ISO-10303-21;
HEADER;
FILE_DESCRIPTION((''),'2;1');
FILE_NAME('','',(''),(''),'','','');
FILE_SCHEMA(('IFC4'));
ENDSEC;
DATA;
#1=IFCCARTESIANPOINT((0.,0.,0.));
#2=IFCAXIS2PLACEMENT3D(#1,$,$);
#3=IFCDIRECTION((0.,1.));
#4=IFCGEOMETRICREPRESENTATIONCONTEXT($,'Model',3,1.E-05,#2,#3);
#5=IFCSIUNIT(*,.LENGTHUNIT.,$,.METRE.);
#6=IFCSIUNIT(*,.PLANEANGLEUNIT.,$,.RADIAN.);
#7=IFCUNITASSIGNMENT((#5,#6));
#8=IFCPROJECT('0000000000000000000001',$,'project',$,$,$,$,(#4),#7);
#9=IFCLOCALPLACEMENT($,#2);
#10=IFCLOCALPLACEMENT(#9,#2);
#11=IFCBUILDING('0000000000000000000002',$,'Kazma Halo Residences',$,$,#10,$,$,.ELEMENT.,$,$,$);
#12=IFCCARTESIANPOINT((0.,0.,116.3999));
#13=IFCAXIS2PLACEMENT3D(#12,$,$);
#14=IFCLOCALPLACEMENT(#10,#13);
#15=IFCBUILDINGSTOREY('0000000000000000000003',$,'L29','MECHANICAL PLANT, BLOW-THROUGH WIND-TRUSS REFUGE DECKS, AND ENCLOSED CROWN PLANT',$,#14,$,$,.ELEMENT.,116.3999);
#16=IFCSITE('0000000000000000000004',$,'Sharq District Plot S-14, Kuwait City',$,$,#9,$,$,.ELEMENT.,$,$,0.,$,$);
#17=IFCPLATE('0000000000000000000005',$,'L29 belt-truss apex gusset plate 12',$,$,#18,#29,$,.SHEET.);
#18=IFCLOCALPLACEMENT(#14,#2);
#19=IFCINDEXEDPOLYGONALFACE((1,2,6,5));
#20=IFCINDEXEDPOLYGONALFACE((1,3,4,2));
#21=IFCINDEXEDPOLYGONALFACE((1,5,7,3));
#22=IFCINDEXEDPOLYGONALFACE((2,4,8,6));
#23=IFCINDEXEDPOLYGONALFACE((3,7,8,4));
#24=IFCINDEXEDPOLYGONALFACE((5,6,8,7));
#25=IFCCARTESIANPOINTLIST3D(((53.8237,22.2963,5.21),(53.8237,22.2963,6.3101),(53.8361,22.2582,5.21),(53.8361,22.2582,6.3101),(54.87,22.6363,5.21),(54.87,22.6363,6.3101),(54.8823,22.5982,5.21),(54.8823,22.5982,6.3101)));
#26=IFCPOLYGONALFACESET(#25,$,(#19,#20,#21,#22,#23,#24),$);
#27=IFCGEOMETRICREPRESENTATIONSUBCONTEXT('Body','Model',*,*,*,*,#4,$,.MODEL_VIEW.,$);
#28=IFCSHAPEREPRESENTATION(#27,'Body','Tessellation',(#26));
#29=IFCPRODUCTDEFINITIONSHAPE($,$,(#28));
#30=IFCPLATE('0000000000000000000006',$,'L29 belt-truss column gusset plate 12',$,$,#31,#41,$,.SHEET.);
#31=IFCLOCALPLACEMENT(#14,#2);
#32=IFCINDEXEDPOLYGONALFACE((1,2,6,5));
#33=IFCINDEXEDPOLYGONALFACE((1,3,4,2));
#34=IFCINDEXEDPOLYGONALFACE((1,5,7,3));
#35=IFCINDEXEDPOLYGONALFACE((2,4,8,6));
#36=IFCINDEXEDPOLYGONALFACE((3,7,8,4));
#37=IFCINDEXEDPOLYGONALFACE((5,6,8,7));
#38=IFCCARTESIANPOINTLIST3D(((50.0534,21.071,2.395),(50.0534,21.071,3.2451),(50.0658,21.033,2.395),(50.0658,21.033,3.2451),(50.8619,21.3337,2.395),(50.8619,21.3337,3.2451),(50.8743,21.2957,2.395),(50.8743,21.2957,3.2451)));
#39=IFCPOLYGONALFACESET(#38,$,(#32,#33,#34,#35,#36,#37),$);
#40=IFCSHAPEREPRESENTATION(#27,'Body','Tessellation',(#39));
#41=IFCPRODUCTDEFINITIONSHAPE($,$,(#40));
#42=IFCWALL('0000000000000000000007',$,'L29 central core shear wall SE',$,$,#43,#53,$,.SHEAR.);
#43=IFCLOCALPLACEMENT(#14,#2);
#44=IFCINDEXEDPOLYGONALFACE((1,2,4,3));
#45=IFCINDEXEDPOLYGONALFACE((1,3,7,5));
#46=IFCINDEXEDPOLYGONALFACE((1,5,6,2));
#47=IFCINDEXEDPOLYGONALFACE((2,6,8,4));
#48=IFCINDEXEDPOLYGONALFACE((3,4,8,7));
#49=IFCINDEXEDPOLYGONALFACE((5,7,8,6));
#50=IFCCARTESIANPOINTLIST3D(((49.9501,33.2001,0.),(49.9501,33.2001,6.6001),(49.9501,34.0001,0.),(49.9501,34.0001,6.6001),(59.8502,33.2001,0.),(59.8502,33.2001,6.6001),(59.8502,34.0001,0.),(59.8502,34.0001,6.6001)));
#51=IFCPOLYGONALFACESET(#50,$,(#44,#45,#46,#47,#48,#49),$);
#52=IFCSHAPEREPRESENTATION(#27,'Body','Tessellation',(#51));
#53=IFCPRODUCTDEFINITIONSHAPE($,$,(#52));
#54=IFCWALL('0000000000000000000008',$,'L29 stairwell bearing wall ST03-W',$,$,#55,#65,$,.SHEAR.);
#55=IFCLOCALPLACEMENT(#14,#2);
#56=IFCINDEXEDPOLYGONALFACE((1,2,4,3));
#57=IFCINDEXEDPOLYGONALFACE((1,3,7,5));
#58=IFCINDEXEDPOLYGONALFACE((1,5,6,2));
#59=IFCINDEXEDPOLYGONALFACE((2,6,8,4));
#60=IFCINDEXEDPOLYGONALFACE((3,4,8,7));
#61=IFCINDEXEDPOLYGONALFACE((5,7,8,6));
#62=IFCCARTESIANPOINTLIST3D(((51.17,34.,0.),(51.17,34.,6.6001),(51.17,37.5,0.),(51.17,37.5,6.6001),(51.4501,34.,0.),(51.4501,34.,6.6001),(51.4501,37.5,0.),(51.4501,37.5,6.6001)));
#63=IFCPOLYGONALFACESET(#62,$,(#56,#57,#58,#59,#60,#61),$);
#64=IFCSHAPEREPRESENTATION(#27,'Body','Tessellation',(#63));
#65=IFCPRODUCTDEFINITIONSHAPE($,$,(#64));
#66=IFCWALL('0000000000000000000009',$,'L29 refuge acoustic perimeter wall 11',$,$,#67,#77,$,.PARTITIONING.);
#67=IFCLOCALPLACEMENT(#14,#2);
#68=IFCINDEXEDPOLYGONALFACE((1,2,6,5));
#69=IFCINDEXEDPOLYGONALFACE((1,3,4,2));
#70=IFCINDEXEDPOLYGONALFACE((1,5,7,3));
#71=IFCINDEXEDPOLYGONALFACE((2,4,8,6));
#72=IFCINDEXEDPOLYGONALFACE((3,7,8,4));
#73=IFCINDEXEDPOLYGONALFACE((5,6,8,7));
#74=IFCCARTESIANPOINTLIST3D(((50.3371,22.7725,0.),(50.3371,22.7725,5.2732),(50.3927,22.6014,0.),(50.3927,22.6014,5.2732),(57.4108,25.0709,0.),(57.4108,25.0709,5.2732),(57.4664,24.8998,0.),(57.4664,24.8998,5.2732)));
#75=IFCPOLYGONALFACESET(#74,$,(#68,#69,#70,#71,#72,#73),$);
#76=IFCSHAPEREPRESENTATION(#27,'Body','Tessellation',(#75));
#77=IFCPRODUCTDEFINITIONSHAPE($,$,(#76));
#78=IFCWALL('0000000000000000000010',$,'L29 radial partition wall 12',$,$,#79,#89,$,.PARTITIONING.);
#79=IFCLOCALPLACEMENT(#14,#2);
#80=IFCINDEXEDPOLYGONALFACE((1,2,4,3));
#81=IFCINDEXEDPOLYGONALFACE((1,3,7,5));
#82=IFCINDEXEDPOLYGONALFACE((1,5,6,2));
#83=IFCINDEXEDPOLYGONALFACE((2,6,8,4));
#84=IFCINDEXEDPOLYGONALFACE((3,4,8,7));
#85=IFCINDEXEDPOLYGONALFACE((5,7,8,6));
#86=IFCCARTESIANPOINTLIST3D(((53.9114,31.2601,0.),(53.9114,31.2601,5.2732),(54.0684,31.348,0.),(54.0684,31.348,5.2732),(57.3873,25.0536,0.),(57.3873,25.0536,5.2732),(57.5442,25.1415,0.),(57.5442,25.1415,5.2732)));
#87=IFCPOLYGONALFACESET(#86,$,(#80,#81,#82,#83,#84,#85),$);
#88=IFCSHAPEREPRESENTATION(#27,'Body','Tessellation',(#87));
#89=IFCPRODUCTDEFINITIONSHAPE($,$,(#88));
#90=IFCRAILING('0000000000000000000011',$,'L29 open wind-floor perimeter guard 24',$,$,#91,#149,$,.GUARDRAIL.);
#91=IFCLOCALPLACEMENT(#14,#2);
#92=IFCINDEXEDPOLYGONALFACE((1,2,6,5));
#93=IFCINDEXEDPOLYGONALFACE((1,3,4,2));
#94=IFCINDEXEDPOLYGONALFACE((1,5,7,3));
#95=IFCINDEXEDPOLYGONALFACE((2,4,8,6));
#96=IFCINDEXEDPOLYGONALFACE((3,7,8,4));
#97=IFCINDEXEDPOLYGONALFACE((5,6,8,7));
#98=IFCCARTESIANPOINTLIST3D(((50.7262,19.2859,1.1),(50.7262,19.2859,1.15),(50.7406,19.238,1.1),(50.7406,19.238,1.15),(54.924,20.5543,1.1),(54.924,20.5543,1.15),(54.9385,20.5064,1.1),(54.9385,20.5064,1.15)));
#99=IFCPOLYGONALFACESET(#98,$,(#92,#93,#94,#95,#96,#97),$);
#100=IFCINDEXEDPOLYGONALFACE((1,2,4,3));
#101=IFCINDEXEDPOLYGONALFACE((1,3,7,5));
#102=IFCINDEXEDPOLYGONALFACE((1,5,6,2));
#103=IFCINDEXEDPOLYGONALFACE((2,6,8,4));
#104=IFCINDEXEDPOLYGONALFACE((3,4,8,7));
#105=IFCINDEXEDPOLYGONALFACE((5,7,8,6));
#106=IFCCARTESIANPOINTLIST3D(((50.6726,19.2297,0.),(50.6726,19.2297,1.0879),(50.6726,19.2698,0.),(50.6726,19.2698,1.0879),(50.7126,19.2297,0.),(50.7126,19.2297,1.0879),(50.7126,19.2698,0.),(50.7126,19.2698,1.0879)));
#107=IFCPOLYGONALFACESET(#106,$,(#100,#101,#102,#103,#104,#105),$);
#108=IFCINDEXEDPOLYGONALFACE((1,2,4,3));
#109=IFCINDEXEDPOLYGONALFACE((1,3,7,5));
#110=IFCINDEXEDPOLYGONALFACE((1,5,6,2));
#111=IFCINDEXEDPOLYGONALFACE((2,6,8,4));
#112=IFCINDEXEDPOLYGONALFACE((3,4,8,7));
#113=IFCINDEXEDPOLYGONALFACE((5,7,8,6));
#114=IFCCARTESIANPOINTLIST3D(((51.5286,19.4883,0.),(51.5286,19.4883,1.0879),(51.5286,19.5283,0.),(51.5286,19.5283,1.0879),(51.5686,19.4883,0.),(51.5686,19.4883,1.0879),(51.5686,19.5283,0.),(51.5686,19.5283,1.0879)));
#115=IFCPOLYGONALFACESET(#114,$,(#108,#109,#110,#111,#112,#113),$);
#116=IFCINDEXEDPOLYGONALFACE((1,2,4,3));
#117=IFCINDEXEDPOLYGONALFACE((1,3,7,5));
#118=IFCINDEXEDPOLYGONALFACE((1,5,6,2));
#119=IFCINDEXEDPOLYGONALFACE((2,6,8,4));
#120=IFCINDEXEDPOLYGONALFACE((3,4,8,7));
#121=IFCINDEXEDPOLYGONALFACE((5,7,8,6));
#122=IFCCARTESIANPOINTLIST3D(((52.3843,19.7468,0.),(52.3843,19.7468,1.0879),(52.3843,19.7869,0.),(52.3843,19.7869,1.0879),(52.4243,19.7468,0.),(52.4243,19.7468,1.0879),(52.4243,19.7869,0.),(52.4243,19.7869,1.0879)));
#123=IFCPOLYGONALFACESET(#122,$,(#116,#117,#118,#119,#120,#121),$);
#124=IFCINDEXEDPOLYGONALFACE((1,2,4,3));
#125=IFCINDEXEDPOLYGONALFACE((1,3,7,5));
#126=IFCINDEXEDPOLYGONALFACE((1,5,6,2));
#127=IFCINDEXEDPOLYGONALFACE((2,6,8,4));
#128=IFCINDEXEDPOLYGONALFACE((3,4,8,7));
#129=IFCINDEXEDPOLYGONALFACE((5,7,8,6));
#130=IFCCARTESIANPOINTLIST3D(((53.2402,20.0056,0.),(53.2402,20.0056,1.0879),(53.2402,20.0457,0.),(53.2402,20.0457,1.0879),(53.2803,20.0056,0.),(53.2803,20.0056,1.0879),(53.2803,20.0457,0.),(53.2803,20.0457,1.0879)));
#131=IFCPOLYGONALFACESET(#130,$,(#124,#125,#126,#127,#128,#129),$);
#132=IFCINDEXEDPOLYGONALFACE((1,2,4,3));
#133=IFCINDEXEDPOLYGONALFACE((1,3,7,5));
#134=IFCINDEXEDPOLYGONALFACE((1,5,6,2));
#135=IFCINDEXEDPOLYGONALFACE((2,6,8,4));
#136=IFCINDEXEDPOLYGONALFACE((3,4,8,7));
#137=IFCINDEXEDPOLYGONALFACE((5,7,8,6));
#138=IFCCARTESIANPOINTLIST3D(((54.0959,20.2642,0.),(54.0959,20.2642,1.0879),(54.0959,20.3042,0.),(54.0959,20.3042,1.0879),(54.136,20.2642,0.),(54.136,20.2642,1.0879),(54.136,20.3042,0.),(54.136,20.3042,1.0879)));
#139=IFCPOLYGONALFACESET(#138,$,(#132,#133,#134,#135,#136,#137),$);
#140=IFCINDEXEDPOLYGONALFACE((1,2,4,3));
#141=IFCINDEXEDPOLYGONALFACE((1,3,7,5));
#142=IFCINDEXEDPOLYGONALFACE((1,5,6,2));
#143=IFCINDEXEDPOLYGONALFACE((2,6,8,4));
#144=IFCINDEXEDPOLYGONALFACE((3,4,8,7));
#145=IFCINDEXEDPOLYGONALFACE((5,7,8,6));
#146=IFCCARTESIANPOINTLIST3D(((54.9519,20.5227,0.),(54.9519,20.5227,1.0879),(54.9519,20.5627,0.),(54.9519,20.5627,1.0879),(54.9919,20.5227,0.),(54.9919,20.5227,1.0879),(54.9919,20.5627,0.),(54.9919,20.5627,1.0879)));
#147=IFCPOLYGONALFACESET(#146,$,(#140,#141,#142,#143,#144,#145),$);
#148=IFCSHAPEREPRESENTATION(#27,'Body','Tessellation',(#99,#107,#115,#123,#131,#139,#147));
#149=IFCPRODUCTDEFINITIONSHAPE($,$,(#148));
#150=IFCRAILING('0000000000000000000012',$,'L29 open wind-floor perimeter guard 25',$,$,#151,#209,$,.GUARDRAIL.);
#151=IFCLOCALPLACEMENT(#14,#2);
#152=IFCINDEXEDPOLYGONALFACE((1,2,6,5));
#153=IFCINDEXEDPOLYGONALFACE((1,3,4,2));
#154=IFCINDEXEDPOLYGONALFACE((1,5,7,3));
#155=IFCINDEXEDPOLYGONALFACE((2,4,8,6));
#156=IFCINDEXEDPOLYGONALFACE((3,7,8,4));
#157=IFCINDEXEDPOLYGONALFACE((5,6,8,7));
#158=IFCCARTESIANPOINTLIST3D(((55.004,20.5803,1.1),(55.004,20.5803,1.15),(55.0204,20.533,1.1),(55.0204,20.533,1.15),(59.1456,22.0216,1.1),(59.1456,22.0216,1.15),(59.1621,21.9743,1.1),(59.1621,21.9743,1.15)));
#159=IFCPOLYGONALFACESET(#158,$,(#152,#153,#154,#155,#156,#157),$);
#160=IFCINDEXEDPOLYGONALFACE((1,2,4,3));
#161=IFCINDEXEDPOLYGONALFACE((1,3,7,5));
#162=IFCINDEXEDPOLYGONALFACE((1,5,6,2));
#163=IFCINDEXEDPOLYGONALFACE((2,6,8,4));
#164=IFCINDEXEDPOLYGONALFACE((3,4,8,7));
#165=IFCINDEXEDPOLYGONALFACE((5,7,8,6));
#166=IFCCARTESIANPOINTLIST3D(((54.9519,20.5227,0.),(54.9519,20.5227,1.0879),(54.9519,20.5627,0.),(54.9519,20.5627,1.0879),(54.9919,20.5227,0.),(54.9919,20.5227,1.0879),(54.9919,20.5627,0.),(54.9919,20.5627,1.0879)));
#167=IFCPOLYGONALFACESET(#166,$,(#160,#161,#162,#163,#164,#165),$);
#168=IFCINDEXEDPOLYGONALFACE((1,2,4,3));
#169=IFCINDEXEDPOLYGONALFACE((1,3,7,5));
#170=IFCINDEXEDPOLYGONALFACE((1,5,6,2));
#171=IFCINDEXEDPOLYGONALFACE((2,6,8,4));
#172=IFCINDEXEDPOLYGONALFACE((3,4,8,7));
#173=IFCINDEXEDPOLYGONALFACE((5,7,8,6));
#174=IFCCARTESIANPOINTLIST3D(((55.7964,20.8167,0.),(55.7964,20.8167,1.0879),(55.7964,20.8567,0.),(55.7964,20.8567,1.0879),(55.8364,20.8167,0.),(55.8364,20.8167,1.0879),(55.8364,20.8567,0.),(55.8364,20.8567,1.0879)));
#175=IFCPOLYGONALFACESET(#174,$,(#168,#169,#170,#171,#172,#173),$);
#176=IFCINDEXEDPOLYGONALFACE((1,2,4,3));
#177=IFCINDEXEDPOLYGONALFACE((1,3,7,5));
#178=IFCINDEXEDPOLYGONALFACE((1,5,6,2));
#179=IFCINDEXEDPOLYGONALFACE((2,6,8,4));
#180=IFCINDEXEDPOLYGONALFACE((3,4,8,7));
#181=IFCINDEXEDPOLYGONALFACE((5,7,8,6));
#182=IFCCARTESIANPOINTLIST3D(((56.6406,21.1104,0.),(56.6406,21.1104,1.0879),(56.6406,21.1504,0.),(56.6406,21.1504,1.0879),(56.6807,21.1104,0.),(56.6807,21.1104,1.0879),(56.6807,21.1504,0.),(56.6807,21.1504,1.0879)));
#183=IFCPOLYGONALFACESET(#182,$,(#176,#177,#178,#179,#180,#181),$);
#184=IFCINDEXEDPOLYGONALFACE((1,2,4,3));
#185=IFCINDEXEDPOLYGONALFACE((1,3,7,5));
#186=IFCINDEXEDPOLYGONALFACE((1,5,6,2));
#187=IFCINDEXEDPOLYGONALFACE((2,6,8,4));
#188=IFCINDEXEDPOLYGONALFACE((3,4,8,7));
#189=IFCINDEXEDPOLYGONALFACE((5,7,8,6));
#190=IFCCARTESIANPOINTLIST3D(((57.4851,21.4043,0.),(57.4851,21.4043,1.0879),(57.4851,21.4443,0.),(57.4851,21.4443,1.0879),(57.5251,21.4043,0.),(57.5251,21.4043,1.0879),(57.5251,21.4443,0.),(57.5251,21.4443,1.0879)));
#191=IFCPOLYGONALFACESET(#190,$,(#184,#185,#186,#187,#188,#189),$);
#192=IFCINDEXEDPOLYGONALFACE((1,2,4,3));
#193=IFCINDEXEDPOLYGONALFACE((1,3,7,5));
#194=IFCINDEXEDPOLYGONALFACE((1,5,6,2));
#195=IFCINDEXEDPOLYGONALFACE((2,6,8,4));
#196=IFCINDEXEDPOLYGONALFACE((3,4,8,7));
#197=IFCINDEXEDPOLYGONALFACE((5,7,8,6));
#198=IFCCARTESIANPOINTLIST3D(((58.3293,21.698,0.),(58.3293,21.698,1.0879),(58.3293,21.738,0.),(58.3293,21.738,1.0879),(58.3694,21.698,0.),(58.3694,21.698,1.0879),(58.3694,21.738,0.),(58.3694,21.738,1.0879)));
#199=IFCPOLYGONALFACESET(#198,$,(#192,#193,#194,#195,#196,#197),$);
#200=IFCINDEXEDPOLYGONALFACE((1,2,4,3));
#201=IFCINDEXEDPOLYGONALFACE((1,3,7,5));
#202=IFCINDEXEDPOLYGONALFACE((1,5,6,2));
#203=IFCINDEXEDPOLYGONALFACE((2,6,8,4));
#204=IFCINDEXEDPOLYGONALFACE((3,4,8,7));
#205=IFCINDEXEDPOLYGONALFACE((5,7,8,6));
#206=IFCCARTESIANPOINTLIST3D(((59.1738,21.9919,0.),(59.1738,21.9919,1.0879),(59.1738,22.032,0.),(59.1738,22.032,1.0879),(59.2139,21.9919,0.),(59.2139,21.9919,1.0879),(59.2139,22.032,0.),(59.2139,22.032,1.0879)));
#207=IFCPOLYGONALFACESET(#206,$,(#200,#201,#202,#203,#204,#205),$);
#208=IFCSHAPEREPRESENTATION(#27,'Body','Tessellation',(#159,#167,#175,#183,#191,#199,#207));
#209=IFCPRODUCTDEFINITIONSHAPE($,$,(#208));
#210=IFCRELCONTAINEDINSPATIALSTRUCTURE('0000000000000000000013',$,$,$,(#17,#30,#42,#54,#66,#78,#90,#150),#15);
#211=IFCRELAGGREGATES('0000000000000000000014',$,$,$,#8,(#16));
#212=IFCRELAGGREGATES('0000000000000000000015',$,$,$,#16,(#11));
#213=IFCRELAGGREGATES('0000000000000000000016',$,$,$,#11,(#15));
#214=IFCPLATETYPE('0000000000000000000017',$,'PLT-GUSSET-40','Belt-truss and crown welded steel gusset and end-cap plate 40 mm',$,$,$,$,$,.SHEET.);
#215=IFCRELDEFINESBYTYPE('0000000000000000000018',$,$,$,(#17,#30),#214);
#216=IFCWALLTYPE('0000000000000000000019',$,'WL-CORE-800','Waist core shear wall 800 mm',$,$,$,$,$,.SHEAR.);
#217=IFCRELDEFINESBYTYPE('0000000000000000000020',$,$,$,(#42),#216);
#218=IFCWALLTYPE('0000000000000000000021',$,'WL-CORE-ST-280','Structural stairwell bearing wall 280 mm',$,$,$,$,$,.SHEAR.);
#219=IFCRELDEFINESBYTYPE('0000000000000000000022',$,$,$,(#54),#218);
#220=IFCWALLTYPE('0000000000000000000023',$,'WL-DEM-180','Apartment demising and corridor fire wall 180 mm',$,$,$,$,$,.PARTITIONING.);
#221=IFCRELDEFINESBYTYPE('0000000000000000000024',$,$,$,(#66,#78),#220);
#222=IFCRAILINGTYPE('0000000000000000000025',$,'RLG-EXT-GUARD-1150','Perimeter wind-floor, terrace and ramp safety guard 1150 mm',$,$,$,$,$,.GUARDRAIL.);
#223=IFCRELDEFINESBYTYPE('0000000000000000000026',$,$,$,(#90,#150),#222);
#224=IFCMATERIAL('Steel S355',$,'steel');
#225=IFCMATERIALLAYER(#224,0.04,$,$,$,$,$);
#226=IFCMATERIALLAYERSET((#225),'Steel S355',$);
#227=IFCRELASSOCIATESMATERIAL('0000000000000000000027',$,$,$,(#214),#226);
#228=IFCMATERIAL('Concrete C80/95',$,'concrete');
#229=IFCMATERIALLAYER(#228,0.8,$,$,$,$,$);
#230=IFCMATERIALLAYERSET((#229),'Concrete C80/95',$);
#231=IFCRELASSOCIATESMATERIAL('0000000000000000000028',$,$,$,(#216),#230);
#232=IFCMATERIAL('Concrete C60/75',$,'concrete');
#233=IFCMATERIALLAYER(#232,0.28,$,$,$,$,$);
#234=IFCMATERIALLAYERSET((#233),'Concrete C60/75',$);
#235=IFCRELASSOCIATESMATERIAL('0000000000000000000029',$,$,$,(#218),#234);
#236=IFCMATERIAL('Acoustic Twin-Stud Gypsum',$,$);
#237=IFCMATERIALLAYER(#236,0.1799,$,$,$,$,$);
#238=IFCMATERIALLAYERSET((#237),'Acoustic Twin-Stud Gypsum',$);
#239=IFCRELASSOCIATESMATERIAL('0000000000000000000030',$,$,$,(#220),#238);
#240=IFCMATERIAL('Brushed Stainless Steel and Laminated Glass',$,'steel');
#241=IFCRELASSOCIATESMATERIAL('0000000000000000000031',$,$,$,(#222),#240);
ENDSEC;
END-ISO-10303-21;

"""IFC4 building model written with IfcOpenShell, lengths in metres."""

from ifc_helpers import new_model, si_unit, direction, frame, frame_2d, origin, origin_2d, place, context, subcontext, project, spatial, rectangle, extrude, material, layer, layer_set, type_object, element, save


model = new_model("IFC4")

# Units and contexts
model_context = context("Model", 3, precision=1e-05, world=origin(), true_north=direction((0.0, 1.0)))
body_context = subcontext(model_context, "Body", "Model", "MODEL_VIEW")
ifc_project = project(units=[si_unit("LENGTHUNIT", "METRE"), si_unit("PLANEANGLEUNIT", "RADIAN")], contexts=[model_context])

# Site, building, storey
site_placement = place(None, origin())
site = spatial("IfcSite", under=ifc_project, at=site_placement, Name="Sharq District Plot S-14, Kuwait City", CompositionType="ELEMENT", RefElevation=0.0)
building_placement = place(site_placement, origin())
building = spatial("IfcBuilding", under=site, at=building_placement, Name="Kazma Halo Residences", CompositionType="ELEMENT")
storey_placement = place(building_placement, frame((0.0, 0.0, 116.3999)))
storey = spatial("IfcBuildingStorey", under=building, at=storey_placement, Name="L29", Description="MECHANICAL PLANT, BLOW-THROUGH WIND-TRUSS REFUGE DECKS, AND ENCLOSED CROWN PLANT", CompositionType="ELEMENT", Elevation=116.3999)

# Shared definitions
ifc_material_1 = material(Name="Concrete C80/95", Category="concrete")

# Shared definitions
ifc_material_2 = material(Name="Steel S355", Category="steel")

# Plates
ifc_layer_1 = layer(ifc_material_2, 0.04)
ifc_layer_set_1 = layer_set([ifc_layer_1], Name="Steel S355")
plate_type = type_object("IfcPlateType", Name="PLT-GUSSET-40", Description="Belt-truss and crown welded steel gusset and end-cap plate 40 mm", PredefinedType="SHEET", material=ifc_layer_set_1)
plate_1_placement = place(storey_placement, frame((54.353, 22.4473, 5.21), z_axis=(0.0, 0.0, 1.0), x_axis=(0.951054, 0.309026, 0.0)))
element("IfcPlate", 1, at=plate_1_placement, inside=storey, type_object=plate_type, Name="L29 belt-truss apex gusset plate 12", PredefinedType="SHEET", context=body_context, shape_type="SweptSolid", body=[
    extrude(rectangle(XDim=1.1001, YDim=0.04, at=origin_2d()), origin(), (0.0, 0.0, 1.0), 1.1001),
])
plate_2_placement = place(storey_placement, frame((50.4639, 21.1833, 2.395), z_axis=(0.0, 0.0, 1.0), x_axis=(0.951054, 0.309026, 0.0)))
element("IfcPlate", 2, at=plate_2_placement, inside=storey, type_object=plate_type, Name="L29 belt-truss column gusset plate 12", PredefinedType="SHEET", context=body_context, shape_type="SweptSolid", body=[
    extrude(rectangle(XDim=0.8501, YDim=0.04, at=origin_2d()), origin(), (0.0, 0.0, 1.0), 0.8501),
])

# Walls
ifc_layer_2 = layer(ifc_material_1, 0.8)
ifc_layer_set_2 = layer_set([ifc_layer_2], Name="Concrete C80/95")
wall_type_1 = type_object("IfcWallType", Name="WL-CORE-800", Description="Waist core shear wall 800 mm", PredefinedType="SHEAR", material=ifc_layer_set_2)
wall_1_placement = place(storey_placement, frame((49.95, 33.6001, 0.0), z_axis=(0.0, 0.0, 1.0), x_axis=(1.0, 0.0, 0.0)))
element("IfcWall", 3, at=wall_1_placement, inside=storey, type_object=wall_type_1, Name="L29 central core shear wall SE", PredefinedType="SHEAR", context=body_context, shape_type="SweptSolid", body=[
    extrude(rectangle(XDim=9.9001, YDim=0.8, at=frame_2d((4.9502, 0.0))), origin(), (0.0, 0.0, 1.0), 6.6001),
])
ifc_material_3 = material(Name="Concrete C60/75", Category="concrete")
ifc_layer_3 = layer(ifc_material_3, 0.28)
ifc_layer_set_3 = layer_set([ifc_layer_3], Name="Concrete C60/75")
wall_type_2 = type_object("IfcWallType", Name="WL-CORE-ST-280", Description="Structural stairwell bearing wall 280 mm", PredefinedType="SHEAR", material=ifc_layer_set_3)
wall_2_placement = place(storey_placement, frame((51.3101, 34.0, 0.0), z_axis=(0.0, 0.0, 1.0), x_axis=(0.0, 1.0, 0.0)))
element("IfcWall", 4, at=wall_2_placement, inside=storey, type_object=wall_type_2, Name="L29 stairwell bearing wall ST03-W", PredefinedType="SHEAR", context=body_context, shape_type="SweptSolid", body=[
    extrude(rectangle(XDim=3.5, YDim=0.28, at=frame_2d((1.75, 0.0))), origin(), (0.0, 0.0, 1.0), 6.6001),
])
ifc_material_4 = material(Name="Acoustic Twin-Stud Gypsum")
ifc_layer_4 = layer(ifc_material_4, 0.1799)
ifc_layer_set_4 = layer_set([ifc_layer_4], Name="Acoustic Twin-Stud Gypsum")
wall_type_3 = type_object("IfcWallType", Name="WL-DEM-180", Description="Apartment demising and corridor fire wall 180 mm", PredefinedType="PARTITIONING", material=ifc_layer_set_4)
wall_3_placement = place(storey_placement, frame((50.365, 22.687, 0.0), z_axis=(0.0, 0.0, 1.0), x_axis=(0.951059, 0.30901, 0.0)))
element("IfcWall", 5, at=wall_3_placement, inside=storey, type_object=wall_type_3, Name="L29 refuge acoustic perimeter wall 11", PredefinedType="PARTITIONING", context=body_context, shape_type="SweptSolid", body=[
    extrude(rectangle(XDim=7.4377, YDim=0.1799, at=frame_2d((3.7188, 0.0))), origin(), (0.0, 0.0, 1.0), 5.2732),
])
wall_4_placement = place(storey_placement, frame((53.99, 31.304, 0.0), z_axis=(0.0, 0.0, 1.0), x_axis=(0.488621, -0.872496, 0.0)))
element("IfcWall", 6, at=wall_4_placement, inside=storey, type_object=wall_type_3, Name="L29 radial partition wall 12", PredefinedType="PARTITIONING", context=body_context, shape_type="SweptSolid", body=[
    extrude(rectangle(XDim=7.1135, YDim=0.1799, at=frame_2d((3.5566, 0.0))), origin(), (0.0, 0.0, 1.0), 5.2732),
])

# Railings
ifc_material_5 = material(Name="Brushed Stainless Steel and Laminated Glass", Category="steel")
railing_type_1 = type_object("IfcRailingType", Name="RLG-EXT-GUARD-1150", Description="Perimeter wind-floor, terrace and ramp safety guard 1150 mm", PredefinedType="GUARDRAIL", material=ifc_material_5)
railing_1_placement = place(storey_placement, frame((50.6926, 19.2498, 0.0)))
element("IfcRailing", 7, at=railing_1_placement, inside=storey, type_object=railing_type_1, Name="L29 open wind-floor perimeter guard 24", PredefinedType="GUARDRAIL", context=body_context, shape_type="SweptSolid", body=[
    extrude(rectangle(XDim=0.05, YDim=0.05, at=origin_2d()), frame((0.0408, 0.0122, 1.125), z_axis=(0.957259, 0.289231, 0.0), x_axis=(-0.289231, 0.957259, 0.0)), (0.0, 0.0, 1.0), 4.3853),
    extrude(rectangle(XDim=0.04, YDim=0.04, at=origin_2d()), origin(), (0.0, 0.0, 1.0), 1.0879),
    extrude(rectangle(XDim=0.04, YDim=0.04, at=origin_2d()), frame((0.856, 0.2585, 0.0)), (0.0, 0.0, 1.0), 1.0879),
    extrude(rectangle(XDim=0.04, YDim=0.04, at=origin_2d()), frame((1.7117, 0.5171, 0.0)), (0.0, 0.0, 1.0), 1.0879),
    extrude(rectangle(XDim=0.04, YDim=0.04, at=origin_2d()), frame((2.5676, 0.7759, 0.0)), (0.0, 0.0, 1.0), 1.0879),
    extrude(rectangle(XDim=0.04, YDim=0.04, at=origin_2d()), frame((3.4233, 1.0344, 0.0)), (0.0, 0.0, 1.0), 1.0879),
    extrude(rectangle(XDim=0.04, YDim=0.04, at=origin_2d()), frame((4.2793, 1.293, 0.0)), (0.0, 0.0, 1.0), 1.0879),
])
railing_2_placement = place(storey_placement, frame((54.9719, 20.5427, 0.0)))
element("IfcRailing", 8, at=railing_2_placement, inside=storey, type_object=railing_type_1, Name="L29 open wind-floor perimeter guard 25", PredefinedType="GUARDRAIL", context=body_context, shape_type="SweptSolid", body=[
    extrude(rectangle(XDim=0.05, YDim=0.05, at=origin_2d()), frame((0.0403, 0.0139, 1.125), z_axis=(0.944445, 0.328669, 0.0), x_axis=(-0.328669, 0.944445, 0.0)), (0.0, 0.0, 1.0), 4.3853),
    extrude(rectangle(XDim=0.04, YDim=0.04, at=origin_2d()), origin(), (0.0, 0.0, 1.0), 1.0879),
    extrude(rectangle(XDim=0.04, YDim=0.04, at=origin_2d()), frame((0.8445, 0.2939, 0.0)), (0.0, 0.0, 1.0), 1.0879),
    extrude(rectangle(XDim=0.04, YDim=0.04, at=origin_2d()), frame((1.6887, 0.5876, 0.0)), (0.0, 0.0, 1.0), 1.0879),
    extrude(rectangle(XDim=0.04, YDim=0.04, at=origin_2d()), frame((2.5332, 0.8816, 0.0)), (0.0, 0.0, 1.0), 1.0879),
    extrude(rectangle(XDim=0.04, YDim=0.04, at=origin_2d()), frame((3.3774, 1.1753, 0.0)), (0.0, 0.0, 1.0), 1.0879),
    extrude(rectangle(XDim=0.04, YDim=0.04, at=origin_2d()), frame((4.2219, 1.4692, 0.0)), (0.0, 0.0, 1.0), 1.0879),
])

save(model, "model.ifc")
